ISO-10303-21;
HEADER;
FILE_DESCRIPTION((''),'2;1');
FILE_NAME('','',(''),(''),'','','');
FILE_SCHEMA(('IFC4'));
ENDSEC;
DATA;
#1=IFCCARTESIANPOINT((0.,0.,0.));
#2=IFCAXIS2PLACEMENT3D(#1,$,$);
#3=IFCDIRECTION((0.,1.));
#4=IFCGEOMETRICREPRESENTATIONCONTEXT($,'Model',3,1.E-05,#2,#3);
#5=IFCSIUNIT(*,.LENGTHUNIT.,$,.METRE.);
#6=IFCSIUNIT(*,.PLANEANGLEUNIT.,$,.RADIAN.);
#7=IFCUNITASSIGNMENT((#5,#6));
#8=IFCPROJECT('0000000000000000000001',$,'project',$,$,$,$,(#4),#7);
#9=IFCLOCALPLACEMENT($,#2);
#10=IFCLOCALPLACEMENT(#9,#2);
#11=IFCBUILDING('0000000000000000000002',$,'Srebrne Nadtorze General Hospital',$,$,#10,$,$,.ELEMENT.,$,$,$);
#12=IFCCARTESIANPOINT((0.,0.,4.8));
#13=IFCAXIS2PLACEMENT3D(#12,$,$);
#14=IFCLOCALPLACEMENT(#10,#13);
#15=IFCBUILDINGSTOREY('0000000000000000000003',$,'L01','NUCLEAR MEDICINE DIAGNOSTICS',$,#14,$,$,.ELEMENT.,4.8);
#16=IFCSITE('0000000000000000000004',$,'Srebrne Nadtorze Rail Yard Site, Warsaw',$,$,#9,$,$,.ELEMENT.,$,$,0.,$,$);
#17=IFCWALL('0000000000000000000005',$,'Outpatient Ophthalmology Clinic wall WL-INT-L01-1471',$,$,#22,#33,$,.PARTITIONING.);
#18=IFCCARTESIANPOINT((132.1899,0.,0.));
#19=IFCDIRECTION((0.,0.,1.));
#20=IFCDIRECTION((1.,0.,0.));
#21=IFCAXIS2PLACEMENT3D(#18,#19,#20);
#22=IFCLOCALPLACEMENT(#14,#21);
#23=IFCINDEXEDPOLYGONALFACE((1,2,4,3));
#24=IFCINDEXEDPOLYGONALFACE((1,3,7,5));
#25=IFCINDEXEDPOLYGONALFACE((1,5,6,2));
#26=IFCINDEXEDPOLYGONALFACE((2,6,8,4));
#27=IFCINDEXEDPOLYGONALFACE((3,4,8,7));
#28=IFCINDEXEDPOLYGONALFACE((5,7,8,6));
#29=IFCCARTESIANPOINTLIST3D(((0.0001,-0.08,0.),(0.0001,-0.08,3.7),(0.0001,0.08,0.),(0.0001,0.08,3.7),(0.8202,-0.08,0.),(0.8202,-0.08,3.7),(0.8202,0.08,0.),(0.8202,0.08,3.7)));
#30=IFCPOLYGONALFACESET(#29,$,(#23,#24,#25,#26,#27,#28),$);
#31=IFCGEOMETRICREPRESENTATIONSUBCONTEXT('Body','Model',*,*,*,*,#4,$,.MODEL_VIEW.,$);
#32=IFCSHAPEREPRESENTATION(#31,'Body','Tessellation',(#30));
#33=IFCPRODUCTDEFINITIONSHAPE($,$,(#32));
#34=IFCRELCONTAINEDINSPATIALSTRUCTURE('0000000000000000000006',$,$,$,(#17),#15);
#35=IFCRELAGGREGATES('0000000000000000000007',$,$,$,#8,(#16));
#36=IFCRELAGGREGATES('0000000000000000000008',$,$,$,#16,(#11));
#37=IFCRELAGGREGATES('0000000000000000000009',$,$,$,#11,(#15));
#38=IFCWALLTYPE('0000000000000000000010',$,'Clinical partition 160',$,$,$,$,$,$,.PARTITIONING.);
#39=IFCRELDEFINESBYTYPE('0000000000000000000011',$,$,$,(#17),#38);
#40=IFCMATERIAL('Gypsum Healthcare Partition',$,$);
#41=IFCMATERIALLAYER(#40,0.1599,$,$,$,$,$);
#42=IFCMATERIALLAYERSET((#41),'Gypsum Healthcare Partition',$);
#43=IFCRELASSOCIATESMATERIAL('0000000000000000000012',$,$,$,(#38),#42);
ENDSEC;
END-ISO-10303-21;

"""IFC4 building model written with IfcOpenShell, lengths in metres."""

from ifc_helpers import new_model, si_unit, direction, frame, frame_2d, origin, place, context, subcontext, project, spatial, rectangle, extrude, material, layer, layer_set, type_object, element, save


model = new_model("IFC4")

# Units and contexts
model_context = context("Model", 3, precision=1e-05, world=origin(), true_north=direction((0.0, 1.0)))
body_context = subcontext(model_context, "Body", "Model", "MODEL_VIEW")
ifc_project = project(units=[si_unit("LENGTHUNIT", "METRE"), si_unit("PLANEANGLEUNIT", "RADIAN")], contexts=[model_context])

# Site, building, storey
site_placement = place(None, origin())
site = spatial("IfcSite", under=ifc_project, at=site_placement, Name="Srebrne Nadtorze Rail Yard Site, Warsaw", CompositionType="ELEMENT", RefElevation=0.0)
building_placement = place(site_placement, origin())
building = spatial("IfcBuilding", under=site, at=building_placement, Name="Srebrne Nadtorze General Hospital", CompositionType="ELEMENT")
storey_placement = place(building_placement, frame((0.0, 0.0, 4.8)))
storey = spatial("IfcBuildingStorey", under=building, at=storey_placement, Name="L01", Description="NUCLEAR MEDICINE DIAGNOSTICS", CompositionType="ELEMENT", Elevation=4.8)

# Shared definitions
ifc_material_1 = material(Name="Gypsum Healthcare Partition")
ifc_layer_1 = layer(ifc_material_1, 0.1599)
ifc_layer_set_1 = layer_set([ifc_layer_1], Name="Gypsum Healthcare Partition")
wall_type = type_object("IfcWallType", Name="Clinical partition 160", PredefinedType="PARTITIONING", material=ifc_layer_set_1)

# Wall
wall_1_placement = place(storey_placement, frame((132.1899, 0.0, 0.0), z_axis=(0.0, 0.0, 1.0), x_axis=(1.0, 0.0, 0.0)))
element("IfcWall", 1, at=wall_1_placement, inside=storey, type_object=wall_type, Name="Outpatient Ophthalmology Clinic wall WL-INT-L01-1471", PredefinedType="PARTITIONING", context=body_context, shape_type="SweptSolid", body=[
    extrude(rectangle(XDim=0.8201, YDim=0.1599, at=frame_2d((0.4102, 0.0))), origin(), (0.0, 0.0, 1.0), 3.7),
])

save(model, "model.ifc")
